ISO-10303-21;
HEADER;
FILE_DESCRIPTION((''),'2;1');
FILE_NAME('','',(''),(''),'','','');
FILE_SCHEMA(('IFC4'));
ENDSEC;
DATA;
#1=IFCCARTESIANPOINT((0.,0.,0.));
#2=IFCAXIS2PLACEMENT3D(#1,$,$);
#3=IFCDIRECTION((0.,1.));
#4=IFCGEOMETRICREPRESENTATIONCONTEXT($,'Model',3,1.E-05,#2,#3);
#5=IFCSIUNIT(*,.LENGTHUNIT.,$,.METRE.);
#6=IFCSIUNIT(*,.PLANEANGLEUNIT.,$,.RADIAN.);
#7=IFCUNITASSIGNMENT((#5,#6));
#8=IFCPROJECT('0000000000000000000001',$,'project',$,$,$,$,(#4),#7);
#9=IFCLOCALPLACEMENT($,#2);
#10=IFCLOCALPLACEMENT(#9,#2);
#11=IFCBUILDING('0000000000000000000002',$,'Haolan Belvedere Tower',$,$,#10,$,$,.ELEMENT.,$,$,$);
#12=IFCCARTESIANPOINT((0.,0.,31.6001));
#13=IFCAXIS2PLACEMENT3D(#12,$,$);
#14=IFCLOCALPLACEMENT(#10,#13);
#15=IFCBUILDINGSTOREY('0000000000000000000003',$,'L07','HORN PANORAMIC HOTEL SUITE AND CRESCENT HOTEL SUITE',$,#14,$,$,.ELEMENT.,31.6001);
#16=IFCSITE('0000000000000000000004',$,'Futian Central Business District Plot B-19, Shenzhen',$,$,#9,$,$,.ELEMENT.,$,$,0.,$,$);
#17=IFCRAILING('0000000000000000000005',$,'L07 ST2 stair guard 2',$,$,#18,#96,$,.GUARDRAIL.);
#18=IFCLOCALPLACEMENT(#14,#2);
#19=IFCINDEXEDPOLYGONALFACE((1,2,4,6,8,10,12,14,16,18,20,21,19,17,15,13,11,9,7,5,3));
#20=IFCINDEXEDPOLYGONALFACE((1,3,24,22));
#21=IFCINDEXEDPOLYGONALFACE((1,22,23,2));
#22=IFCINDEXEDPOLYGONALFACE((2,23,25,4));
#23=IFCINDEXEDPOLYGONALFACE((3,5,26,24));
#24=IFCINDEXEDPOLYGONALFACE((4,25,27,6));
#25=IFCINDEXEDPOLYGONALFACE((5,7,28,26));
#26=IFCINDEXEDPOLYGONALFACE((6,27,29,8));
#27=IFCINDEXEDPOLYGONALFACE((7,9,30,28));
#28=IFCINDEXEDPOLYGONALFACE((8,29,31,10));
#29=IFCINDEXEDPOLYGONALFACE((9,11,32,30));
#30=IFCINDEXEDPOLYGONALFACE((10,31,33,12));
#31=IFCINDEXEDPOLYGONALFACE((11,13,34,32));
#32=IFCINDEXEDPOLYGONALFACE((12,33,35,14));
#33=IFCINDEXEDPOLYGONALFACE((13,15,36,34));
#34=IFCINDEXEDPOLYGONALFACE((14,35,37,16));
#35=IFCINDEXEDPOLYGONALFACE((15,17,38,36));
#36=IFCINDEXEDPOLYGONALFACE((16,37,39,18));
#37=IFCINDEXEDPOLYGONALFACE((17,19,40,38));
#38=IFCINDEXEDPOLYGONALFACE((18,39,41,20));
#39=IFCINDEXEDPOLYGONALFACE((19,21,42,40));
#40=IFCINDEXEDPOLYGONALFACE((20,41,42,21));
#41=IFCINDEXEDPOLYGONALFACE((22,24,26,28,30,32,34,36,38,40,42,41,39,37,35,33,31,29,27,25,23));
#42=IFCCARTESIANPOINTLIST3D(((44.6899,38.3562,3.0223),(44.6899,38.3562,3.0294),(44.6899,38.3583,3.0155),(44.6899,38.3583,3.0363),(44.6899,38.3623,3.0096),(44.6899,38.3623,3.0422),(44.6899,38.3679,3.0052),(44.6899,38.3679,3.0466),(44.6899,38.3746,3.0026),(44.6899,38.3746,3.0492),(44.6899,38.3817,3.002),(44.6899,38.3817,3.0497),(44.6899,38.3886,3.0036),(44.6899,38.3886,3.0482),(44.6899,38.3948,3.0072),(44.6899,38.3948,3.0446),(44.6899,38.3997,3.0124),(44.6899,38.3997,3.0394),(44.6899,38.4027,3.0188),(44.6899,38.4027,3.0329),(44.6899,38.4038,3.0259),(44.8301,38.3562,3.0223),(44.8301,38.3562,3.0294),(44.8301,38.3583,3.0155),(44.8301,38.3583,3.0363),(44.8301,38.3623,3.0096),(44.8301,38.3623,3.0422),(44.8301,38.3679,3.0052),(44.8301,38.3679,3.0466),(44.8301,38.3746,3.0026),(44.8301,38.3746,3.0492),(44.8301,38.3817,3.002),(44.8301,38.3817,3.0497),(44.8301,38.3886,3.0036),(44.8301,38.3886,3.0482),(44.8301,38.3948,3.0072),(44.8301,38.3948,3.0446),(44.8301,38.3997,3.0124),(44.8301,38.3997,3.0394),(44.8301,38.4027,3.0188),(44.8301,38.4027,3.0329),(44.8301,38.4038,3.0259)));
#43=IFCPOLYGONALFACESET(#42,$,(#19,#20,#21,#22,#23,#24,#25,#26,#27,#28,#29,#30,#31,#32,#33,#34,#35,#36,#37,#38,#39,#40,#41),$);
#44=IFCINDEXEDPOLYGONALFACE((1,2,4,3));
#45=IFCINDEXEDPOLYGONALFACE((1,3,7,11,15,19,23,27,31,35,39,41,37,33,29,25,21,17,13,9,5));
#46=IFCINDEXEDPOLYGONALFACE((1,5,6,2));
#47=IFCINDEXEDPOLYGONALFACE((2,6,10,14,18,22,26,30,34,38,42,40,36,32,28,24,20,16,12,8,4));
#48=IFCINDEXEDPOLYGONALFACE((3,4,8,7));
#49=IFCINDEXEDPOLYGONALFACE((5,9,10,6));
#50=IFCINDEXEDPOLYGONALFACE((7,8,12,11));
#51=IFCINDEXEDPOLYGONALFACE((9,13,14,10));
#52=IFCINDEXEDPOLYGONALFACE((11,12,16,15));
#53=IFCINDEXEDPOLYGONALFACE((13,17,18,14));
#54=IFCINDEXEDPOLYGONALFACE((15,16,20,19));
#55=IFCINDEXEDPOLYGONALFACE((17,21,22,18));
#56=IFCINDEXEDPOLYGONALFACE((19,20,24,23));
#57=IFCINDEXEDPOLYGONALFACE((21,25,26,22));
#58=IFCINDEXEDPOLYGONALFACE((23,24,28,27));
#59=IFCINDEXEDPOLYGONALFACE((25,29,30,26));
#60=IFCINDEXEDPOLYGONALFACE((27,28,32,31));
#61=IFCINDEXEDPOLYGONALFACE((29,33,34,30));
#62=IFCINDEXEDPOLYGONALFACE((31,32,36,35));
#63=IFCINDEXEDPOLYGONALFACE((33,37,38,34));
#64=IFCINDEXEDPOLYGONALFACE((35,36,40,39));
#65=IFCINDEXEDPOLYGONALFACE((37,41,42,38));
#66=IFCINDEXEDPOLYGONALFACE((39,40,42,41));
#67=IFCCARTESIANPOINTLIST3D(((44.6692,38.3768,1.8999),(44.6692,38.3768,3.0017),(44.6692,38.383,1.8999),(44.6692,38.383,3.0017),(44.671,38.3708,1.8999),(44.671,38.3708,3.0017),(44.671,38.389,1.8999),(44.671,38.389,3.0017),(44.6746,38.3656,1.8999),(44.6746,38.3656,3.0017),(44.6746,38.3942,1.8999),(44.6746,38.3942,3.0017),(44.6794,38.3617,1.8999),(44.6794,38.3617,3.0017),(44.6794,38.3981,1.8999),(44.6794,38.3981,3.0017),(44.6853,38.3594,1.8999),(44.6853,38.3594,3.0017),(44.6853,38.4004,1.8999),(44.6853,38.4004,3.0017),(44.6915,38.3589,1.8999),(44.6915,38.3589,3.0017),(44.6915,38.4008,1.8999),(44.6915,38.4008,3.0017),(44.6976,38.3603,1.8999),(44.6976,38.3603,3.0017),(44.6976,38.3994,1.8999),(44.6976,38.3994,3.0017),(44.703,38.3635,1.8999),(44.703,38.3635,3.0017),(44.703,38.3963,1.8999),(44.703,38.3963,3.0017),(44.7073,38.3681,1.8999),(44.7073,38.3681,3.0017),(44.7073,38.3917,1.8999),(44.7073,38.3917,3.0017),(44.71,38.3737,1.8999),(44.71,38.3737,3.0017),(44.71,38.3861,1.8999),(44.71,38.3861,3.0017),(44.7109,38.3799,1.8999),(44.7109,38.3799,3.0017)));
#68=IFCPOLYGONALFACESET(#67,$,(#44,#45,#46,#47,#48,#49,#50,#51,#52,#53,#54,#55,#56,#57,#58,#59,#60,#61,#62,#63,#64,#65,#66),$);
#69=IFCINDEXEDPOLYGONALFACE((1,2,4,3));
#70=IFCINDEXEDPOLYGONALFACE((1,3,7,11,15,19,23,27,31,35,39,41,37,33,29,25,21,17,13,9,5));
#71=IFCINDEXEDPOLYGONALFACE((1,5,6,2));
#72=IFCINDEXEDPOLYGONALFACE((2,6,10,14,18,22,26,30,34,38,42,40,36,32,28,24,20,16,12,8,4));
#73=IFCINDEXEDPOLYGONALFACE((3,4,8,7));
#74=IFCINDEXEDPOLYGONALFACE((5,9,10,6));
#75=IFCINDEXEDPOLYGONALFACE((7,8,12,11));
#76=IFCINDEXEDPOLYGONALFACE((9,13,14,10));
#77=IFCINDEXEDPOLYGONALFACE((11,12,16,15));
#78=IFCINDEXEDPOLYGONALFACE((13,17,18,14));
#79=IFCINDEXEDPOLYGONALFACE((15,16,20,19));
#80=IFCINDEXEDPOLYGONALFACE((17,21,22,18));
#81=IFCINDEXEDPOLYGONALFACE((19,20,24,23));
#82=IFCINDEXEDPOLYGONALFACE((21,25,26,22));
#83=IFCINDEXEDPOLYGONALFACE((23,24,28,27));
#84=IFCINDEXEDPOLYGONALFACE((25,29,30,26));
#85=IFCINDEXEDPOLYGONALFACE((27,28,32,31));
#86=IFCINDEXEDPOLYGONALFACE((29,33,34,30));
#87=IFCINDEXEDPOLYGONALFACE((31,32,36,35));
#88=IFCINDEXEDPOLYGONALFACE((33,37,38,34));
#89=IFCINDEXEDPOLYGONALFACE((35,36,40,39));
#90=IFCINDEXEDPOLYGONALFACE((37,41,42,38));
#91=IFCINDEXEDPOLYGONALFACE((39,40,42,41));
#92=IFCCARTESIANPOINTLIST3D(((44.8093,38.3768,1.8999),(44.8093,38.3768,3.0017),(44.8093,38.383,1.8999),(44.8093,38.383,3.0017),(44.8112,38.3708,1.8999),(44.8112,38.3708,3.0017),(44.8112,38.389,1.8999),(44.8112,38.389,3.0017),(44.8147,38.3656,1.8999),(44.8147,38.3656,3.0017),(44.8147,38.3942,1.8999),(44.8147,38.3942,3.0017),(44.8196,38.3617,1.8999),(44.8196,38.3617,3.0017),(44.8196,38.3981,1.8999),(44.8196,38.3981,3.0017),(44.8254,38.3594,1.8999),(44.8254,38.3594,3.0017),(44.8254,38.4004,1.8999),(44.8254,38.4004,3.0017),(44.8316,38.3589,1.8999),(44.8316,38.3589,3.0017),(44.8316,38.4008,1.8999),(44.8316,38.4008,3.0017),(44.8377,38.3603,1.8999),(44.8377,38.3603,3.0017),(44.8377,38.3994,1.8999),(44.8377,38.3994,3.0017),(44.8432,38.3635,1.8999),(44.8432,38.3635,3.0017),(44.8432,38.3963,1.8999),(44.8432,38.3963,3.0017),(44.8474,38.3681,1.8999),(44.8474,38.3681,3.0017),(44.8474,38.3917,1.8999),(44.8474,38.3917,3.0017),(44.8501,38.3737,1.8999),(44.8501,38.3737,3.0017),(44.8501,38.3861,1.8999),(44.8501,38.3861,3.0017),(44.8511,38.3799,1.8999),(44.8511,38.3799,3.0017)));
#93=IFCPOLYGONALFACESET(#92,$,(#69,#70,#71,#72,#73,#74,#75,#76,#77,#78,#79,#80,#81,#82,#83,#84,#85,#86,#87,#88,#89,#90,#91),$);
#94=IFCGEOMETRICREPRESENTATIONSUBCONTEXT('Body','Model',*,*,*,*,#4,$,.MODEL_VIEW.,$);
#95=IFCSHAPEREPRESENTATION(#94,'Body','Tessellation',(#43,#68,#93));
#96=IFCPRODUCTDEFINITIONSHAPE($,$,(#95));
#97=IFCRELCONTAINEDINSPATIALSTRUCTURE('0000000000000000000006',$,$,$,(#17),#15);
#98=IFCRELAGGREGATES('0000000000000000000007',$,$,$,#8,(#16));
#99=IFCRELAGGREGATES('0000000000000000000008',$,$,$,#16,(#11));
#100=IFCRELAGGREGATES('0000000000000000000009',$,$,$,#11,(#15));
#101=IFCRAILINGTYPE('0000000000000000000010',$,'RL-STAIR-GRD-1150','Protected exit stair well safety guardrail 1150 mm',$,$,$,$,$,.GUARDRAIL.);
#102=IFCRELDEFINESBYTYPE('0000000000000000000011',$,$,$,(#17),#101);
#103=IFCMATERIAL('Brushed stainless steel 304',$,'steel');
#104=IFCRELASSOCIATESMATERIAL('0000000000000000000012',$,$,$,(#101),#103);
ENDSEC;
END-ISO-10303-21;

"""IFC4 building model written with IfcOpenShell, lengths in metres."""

from ifc_helpers import new_model, si_unit, direction, frame, origin, origin_2d, place, context, subcontext, project, spatial, circle, extrude, material, type_object, element, save


model = new_model("IFC4")

# Units and contexts
model_context = context("Model", 3, precision=1e-05, world=origin(), true_north=direction((0.0, 1.0)))
body_context = subcontext(model_context, "Body", "Model", "MODEL_VIEW")
ifc_project = project(units=[si_unit("LENGTHUNIT", "METRE"), si_unit("PLANEANGLEUNIT", "RADIAN")], contexts=[model_context])

# Site, building, storey
site_placement = place(None, origin())
site = spatial("IfcSite", under=ifc_project, at=site_placement, Name="Futian Central Business District Plot B-19, Shenzhen", CompositionType="ELEMENT", RefElevation=0.0)
building_placement = place(site_placement, origin())
building = spatial("IfcBuilding", under=site, at=building_placement, Name="Haolan Belvedere Tower", CompositionType="ELEMENT")
storey_placement = place(building_placement, frame((0.0, 0.0, 31.6001)))
storey = spatial("IfcBuildingStorey", under=building, at=storey_placement, Name="L07", Description="HORN PANORAMIC HOTEL SUITE AND CRESCENT HOTEL SUITE", CompositionType="ELEMENT", Elevation=31.6001)

# Railing
ifc_material_1 = material(Name="Brushed stainless steel 304", Category="steel")
railing_type_1 = type_object("IfcRailingType", Name="RL-STAIR-GRD-1150", Description="Protected exit stair well safety guardrail 1150 mm", PredefinedType="GUARDRAIL", material=ifc_material_1)
railing_1_placement = place(storey_placement, frame((44.6899, 38.3799, 1.8999)))
element("IfcRailing", 1, at=railing_1_placement, inside=storey, type_object=railing_type_1, Name="L07 ST2 stair guard 2", PredefinedType="GUARDRAIL", context=body_context, shape_type="SweptSolid", body=[
    extrude(circle(Radius=0.0239, at=origin_2d()), frame((0.0, 0.0, 1.126), z_axis=(1.0, 0.0, 0.0), x_axis=(0.0, 1.0, 0.0)), (0.0, 0.0, 1.0), 0.1401),
    extrude(circle(Radius=0.021, at=origin_2d()), origin(), (0.0, 0.0, 1.0), 1.1018),
    extrude(circle(Radius=0.021, at=origin_2d()), frame((0.1401, 0.0, 0.0)), (0.0, 0.0, 1.0), 1.1018),
])

save(model, "model.ifc")
